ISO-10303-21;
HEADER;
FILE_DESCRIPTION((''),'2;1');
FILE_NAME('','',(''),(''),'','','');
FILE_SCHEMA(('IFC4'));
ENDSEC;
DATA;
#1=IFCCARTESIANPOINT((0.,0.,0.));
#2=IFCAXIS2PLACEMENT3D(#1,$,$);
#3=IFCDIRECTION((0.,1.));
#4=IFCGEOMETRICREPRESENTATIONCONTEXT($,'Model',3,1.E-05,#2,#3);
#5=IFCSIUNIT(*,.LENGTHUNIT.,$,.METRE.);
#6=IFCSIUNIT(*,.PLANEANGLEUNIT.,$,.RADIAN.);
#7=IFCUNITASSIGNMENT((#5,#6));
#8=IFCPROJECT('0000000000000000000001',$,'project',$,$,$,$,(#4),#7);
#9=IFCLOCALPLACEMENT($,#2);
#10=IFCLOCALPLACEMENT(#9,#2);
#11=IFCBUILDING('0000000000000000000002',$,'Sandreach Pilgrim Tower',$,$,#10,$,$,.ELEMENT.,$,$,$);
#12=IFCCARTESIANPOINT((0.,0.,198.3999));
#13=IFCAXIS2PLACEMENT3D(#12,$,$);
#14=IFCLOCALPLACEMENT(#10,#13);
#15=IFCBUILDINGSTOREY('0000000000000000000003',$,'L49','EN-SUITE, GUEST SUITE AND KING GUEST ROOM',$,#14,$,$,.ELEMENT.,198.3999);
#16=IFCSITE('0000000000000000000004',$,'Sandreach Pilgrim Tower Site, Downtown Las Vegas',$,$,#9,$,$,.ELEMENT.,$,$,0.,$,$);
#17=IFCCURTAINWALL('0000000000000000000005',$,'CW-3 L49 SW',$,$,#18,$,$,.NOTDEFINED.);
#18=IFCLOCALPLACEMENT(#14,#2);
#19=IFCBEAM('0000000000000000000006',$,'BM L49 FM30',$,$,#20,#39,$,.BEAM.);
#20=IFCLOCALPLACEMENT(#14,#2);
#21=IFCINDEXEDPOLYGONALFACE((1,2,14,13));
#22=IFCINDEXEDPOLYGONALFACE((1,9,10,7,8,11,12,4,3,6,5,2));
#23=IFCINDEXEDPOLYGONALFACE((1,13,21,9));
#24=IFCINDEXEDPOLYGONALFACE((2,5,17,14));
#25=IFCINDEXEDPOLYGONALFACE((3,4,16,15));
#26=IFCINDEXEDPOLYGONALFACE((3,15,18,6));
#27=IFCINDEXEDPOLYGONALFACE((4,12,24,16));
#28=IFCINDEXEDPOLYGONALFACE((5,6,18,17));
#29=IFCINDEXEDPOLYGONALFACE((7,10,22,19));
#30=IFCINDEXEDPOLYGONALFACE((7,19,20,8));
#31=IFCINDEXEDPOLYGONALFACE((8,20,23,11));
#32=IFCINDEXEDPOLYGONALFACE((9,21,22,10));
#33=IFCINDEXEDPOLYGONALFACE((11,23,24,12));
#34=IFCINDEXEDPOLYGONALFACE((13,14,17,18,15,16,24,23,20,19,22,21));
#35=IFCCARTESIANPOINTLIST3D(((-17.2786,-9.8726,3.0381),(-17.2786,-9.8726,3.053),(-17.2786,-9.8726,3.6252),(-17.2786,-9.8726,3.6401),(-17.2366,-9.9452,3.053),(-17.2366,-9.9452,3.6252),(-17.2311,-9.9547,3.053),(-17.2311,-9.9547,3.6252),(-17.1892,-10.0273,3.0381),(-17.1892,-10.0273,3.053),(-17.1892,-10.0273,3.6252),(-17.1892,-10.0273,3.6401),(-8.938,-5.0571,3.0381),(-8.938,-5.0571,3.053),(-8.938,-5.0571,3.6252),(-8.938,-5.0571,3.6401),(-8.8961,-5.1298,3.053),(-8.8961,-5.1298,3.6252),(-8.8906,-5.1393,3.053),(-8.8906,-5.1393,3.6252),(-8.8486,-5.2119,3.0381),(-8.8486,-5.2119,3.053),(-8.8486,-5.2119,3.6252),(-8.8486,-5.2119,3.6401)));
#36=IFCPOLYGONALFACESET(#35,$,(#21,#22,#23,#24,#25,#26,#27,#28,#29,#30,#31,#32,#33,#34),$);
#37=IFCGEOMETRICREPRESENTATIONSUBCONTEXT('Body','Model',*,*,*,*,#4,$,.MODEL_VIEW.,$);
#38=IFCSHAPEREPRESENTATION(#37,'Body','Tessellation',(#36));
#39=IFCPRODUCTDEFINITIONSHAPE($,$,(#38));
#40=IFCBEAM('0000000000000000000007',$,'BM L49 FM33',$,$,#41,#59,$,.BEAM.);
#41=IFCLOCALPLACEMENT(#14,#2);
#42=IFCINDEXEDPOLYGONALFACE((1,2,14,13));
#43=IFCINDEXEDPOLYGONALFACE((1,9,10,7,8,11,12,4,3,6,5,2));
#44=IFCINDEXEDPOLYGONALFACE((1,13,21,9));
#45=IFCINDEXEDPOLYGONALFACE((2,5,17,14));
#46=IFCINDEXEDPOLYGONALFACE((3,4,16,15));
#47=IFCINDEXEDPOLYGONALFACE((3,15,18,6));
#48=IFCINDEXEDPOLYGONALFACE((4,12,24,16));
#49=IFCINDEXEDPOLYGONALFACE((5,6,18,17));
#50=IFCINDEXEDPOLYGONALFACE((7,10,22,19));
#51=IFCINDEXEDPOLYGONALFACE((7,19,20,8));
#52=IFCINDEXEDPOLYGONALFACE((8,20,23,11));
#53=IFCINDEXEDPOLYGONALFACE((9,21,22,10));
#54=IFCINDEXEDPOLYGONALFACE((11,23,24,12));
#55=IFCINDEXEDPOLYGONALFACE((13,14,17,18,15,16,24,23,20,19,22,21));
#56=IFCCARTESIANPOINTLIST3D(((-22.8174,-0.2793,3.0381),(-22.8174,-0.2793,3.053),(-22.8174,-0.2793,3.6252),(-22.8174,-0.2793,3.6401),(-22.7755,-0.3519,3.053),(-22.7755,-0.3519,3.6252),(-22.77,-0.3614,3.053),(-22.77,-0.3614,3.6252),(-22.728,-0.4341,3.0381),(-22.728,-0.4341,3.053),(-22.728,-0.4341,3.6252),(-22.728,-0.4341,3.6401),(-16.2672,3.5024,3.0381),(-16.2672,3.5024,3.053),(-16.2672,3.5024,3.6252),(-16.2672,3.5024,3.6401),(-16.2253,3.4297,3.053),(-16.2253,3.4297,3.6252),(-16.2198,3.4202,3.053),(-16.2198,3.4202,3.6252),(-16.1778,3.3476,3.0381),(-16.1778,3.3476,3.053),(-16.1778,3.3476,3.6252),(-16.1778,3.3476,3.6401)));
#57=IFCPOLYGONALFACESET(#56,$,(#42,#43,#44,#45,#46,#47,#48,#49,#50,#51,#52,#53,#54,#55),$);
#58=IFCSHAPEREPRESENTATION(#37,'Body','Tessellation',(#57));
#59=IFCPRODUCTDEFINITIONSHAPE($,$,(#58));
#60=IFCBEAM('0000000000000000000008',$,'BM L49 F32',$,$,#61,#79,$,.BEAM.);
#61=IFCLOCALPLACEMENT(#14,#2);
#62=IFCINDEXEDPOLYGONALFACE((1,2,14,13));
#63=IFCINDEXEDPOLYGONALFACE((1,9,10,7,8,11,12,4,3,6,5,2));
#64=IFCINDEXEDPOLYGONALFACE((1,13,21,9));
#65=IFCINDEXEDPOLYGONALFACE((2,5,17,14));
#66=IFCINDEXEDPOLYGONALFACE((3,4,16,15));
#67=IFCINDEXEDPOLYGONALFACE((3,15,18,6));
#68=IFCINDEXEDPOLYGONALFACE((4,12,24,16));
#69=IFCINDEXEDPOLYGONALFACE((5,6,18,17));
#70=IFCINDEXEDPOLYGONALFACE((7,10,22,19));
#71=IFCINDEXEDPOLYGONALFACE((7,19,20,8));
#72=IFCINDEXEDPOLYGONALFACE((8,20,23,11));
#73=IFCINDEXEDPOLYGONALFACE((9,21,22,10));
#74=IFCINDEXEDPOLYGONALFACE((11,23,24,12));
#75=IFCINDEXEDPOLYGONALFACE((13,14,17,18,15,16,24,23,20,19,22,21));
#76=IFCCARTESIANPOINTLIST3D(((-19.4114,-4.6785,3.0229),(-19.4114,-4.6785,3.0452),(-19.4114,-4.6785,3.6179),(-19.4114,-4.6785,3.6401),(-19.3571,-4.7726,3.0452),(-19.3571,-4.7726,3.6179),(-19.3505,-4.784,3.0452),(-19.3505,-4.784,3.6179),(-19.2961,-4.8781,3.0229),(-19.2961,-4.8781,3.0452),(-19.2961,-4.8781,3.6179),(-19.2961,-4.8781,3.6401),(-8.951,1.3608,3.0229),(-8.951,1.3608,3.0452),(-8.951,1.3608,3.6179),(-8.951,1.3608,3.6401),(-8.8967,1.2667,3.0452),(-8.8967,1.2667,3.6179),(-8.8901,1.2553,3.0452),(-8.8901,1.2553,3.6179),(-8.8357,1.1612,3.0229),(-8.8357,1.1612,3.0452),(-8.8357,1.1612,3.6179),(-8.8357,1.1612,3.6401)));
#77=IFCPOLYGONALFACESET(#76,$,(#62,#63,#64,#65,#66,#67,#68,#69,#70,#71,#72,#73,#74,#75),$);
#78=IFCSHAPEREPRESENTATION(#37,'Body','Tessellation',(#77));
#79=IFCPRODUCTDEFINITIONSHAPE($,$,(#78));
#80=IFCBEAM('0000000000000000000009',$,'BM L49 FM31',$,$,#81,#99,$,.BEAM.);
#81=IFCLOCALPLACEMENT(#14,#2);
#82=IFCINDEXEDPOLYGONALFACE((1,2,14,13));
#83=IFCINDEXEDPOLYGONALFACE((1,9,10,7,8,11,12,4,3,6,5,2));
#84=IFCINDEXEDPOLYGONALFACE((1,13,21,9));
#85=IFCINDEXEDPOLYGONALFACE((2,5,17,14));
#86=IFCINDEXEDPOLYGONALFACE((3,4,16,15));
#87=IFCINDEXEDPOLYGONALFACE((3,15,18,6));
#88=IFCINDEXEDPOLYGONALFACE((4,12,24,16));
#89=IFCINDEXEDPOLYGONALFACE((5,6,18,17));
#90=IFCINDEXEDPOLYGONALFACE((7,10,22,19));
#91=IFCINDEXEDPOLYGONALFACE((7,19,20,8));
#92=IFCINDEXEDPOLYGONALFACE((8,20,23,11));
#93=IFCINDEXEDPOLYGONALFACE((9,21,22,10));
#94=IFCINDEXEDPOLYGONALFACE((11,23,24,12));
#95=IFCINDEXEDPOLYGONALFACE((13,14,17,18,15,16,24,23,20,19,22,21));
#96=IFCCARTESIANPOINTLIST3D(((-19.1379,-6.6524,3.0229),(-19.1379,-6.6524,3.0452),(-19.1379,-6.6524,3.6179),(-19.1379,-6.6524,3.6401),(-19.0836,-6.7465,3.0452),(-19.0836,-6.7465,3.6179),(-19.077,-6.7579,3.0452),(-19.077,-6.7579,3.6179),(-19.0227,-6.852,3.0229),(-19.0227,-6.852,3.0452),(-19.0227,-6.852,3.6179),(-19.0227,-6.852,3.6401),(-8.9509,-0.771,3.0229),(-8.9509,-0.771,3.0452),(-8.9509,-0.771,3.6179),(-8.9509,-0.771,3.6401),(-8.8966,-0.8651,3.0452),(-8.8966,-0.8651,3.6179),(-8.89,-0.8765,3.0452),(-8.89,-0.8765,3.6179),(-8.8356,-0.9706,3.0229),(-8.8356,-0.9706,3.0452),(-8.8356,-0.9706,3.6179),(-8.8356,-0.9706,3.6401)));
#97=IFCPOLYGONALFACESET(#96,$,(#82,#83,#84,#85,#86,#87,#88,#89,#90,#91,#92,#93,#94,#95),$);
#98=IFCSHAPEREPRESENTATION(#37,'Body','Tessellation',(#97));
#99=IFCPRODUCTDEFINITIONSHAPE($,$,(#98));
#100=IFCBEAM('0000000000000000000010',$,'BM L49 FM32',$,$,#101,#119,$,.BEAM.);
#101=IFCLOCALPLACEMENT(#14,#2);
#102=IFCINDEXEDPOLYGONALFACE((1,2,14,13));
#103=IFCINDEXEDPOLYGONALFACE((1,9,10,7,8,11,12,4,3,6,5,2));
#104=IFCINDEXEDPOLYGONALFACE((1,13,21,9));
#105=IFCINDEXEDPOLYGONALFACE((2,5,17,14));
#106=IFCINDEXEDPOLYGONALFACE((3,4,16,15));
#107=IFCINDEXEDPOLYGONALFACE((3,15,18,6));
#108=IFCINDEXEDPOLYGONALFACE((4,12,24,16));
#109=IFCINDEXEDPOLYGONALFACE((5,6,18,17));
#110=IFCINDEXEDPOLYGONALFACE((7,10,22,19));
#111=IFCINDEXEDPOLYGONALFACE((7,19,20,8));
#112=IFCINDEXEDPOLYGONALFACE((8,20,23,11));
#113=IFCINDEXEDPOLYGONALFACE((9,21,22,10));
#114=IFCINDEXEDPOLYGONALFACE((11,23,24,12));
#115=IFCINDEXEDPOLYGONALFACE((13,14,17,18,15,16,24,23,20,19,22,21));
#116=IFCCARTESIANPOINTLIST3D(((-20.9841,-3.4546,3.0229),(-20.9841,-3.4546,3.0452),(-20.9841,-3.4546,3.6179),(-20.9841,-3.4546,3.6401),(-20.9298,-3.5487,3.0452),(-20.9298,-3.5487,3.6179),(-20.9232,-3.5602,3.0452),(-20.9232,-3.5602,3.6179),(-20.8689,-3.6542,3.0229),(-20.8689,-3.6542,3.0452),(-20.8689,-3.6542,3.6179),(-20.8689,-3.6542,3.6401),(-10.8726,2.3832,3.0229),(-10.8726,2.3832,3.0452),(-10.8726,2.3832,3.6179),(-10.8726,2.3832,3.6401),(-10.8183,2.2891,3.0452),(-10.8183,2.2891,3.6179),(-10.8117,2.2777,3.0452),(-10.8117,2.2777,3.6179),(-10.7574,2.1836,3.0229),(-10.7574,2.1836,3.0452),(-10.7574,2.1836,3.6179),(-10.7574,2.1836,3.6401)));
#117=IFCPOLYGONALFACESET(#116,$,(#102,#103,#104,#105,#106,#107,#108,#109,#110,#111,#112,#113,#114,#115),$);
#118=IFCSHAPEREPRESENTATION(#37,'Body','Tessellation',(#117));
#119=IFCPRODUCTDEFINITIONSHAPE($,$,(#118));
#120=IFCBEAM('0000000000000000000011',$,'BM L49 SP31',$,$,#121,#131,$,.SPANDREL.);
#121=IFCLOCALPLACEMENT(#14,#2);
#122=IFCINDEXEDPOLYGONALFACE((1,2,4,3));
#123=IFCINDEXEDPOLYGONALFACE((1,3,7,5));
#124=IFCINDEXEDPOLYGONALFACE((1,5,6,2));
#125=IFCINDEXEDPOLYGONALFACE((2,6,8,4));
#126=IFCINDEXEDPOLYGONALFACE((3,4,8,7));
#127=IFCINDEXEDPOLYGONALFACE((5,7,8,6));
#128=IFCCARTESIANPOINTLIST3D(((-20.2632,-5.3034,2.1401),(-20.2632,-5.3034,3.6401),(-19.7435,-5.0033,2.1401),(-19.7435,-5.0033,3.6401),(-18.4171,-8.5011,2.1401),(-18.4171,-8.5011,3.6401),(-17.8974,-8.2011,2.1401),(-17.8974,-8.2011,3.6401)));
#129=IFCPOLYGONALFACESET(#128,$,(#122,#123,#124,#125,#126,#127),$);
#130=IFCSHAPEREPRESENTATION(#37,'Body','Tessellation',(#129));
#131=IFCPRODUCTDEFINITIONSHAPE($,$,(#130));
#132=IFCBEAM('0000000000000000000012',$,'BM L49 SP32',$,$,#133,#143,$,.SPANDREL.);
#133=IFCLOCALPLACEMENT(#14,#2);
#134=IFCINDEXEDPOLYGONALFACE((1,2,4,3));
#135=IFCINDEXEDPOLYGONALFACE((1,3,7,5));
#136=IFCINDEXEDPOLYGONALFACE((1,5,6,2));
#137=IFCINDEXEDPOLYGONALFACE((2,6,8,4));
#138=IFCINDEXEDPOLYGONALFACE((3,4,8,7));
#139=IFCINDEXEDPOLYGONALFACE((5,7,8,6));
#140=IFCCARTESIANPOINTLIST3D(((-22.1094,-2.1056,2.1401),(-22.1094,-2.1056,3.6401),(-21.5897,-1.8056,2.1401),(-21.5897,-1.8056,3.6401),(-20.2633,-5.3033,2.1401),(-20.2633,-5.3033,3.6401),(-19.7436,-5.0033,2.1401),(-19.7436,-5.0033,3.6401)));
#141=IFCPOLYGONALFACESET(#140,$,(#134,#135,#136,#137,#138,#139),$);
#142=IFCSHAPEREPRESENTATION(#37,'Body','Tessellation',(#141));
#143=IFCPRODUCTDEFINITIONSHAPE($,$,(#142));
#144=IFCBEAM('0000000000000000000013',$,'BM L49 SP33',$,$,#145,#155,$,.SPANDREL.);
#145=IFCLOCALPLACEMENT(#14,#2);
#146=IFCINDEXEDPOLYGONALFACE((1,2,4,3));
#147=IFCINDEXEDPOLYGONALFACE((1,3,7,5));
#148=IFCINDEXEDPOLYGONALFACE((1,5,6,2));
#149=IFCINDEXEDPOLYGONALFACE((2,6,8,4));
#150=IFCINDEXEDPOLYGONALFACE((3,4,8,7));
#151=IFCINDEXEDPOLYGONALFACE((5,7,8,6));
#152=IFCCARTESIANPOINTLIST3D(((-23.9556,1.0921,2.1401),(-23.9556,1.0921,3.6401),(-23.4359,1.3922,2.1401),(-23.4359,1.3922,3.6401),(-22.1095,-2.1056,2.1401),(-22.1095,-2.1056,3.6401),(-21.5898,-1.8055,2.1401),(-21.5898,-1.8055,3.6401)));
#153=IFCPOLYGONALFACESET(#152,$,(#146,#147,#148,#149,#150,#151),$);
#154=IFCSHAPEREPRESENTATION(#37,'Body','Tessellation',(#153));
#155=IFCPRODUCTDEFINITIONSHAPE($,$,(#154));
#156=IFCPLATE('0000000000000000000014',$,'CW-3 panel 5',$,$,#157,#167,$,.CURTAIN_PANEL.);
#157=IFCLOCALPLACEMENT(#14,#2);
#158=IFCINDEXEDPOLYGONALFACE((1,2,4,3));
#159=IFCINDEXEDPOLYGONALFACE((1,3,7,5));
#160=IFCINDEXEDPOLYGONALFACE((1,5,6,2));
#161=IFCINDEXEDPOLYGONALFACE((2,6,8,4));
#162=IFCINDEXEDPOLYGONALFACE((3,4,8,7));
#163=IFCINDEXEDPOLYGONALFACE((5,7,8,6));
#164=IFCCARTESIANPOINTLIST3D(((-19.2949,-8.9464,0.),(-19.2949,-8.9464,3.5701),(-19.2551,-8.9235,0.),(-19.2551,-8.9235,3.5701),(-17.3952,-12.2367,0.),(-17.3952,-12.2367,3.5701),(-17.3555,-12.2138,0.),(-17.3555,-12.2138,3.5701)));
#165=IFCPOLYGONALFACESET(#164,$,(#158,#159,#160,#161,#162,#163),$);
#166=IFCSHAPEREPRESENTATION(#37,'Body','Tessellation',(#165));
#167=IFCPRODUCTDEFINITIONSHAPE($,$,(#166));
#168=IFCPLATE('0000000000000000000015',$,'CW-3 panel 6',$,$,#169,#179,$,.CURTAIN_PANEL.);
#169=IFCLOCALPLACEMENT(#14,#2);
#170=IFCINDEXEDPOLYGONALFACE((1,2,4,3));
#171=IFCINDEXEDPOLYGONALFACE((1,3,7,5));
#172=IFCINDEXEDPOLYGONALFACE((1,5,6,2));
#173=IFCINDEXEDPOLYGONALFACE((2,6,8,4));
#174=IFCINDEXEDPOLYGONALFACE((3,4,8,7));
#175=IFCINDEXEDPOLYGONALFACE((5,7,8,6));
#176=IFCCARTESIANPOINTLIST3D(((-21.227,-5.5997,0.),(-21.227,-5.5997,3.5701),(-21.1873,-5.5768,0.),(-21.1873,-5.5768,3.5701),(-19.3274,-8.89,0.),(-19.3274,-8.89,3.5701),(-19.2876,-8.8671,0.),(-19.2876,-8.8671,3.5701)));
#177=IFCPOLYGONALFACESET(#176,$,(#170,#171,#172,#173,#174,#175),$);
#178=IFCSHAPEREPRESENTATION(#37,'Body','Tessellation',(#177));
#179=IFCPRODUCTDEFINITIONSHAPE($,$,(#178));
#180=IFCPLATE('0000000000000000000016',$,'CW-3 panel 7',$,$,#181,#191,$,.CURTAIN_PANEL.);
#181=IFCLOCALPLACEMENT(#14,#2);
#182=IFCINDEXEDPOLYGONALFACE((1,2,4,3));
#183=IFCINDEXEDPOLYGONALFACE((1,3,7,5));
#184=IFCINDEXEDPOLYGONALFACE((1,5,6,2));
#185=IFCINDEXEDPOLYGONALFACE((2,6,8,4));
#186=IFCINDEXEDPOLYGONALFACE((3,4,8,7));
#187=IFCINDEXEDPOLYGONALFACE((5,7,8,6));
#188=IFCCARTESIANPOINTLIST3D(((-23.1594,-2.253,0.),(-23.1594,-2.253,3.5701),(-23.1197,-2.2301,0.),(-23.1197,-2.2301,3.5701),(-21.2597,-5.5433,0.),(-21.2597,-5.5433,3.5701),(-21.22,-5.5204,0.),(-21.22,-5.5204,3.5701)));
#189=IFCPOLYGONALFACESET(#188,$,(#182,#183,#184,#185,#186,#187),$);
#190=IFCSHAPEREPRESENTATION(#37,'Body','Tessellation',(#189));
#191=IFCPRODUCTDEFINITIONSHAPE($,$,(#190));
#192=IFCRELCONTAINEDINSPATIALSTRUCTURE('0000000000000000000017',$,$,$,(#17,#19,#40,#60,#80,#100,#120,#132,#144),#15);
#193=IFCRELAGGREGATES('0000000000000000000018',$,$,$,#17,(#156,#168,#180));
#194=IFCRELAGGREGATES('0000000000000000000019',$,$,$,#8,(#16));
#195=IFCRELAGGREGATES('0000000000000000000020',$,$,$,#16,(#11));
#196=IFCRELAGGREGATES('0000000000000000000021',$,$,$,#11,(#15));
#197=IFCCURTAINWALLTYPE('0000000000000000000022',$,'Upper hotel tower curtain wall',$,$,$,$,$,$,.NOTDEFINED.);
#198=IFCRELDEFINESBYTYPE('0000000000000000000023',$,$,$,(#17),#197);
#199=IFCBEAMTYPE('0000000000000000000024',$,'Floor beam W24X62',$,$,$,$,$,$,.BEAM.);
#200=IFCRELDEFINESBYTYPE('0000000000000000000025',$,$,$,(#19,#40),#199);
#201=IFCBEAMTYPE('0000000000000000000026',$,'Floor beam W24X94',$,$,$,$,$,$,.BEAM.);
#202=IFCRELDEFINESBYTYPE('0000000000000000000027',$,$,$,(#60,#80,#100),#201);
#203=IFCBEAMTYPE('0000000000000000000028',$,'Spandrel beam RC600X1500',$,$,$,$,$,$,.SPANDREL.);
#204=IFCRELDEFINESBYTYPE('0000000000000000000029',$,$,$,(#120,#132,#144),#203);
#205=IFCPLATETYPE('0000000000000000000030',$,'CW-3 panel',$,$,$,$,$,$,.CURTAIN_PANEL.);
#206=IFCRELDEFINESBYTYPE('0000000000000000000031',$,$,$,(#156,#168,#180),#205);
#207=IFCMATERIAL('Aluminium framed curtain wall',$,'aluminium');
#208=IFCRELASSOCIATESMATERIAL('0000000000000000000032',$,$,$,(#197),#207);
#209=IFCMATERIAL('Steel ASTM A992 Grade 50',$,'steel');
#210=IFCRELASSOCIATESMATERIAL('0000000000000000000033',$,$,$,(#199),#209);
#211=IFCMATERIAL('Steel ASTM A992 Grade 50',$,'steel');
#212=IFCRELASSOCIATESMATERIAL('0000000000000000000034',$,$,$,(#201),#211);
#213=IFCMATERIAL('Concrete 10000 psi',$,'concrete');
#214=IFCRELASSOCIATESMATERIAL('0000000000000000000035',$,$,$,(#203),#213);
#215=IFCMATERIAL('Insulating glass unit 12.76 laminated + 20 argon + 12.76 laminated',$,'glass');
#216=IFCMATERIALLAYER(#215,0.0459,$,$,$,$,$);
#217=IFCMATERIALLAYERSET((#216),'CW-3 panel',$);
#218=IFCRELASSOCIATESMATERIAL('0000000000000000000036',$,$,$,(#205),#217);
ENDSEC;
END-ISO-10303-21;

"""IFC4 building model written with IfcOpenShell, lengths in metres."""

from ifc_helpers import new_model, si_unit, direction, frame, origin, origin_2d, place, context, subcontext, project, spatial, rectangle, i_section, extrude, material, layer, layer_set, material_profile, profile_set, type_object, element, aggregate, save


model = new_model("IFC4")

# Units and contexts
model_context = context("Model", 3, precision=1e-05, world=origin(), true_north=direction((0.0, 1.0)))
body_context = subcontext(model_context, "Body", "Model", "MODEL_VIEW")
ifc_project = project(units=[si_unit("LENGTHUNIT", "METRE"), si_unit("PLANEANGLEUNIT", "RADIAN")], contexts=[model_context])

# Site, building, storey
site_placement = place(None, origin())
site = spatial("IfcSite", under=ifc_project, at=site_placement, Name="Sandreach Pilgrim Tower Site, Downtown Las Vegas", CompositionType="ELEMENT", RefElevation=0.0)
building_placement = place(site_placement, origin())
building = spatial("IfcBuilding", under=site, at=building_placement, Name="Sandreach Pilgrim Tower", CompositionType="ELEMENT")
storey_placement = place(building_placement, frame((0.0, 0.0, 198.3999)))
storey = spatial("IfcBuildingStorey", under=building, at=storey_placement, Name="L49", Description="EN-SUITE, GUEST SUITE AND KING GUEST ROOM", CompositionType="ELEMENT", Elevation=198.3999)

# Curtain wall
ifc_material_1 = material(Name="Aluminium framed curtain wall", Category="aluminium")
curtain_wall_type = type_object("IfcCurtainWallType", Name="Upper hotel tower curtain wall", PredefinedType="NOTDEFINED", material=ifc_material_1)
curtain_wall_placement = place(storey_placement, origin())
curtain_wall = element("IfcCurtainWall", 1, at=curtain_wall_placement, inside=storey, type_object=curtain_wall_type, Name="CW-3 L49 SW", PredefinedType="NOTDEFINED")

# Beams
ifc_material_2 = material(Name="Steel ASTM A992 Grade 50", Category="steel")
ifc_material_profile_1 = material_profile(ifc_material_2, i_section(OverallWidth=0.1787, OverallDepth=0.6021, WebThickness=0.011, FlangeThickness=0.0149, at=origin_2d()), Name="W24X62")
ifc_profile_set_1 = profile_set([ifc_material_profile_1], Name="Steel ASTM A992 Grade 50")
beam_type_1 = type_object("IfcBeamType", Name="Floor beam W24X62", PredefinedType="BEAM", material=ifc_profile_set_1)
beam_1_placement = place(storey_placement, frame((-17.2339, -9.95, 3.3391), z_axis=(0.866026, 0.5, 0.0), x_axis=(-0.5, 0.866026, 0.0)))
element("IfcBeam", 2, at=beam_1_placement, inside=storey, type_object=beam_type_1, Name="BM L49 FM30", PredefinedType="BEAM", context=body_context, shape_type="SweptSolid", body=[
    extrude(i_section(OverallWidth=0.1787, OverallDepth=0.6021, WebThickness=0.011, FlangeThickness=0.0149, at=origin_2d()), origin(), (0.0, 0.0, 1.0), 9.6309),
])
beam_2_placement = place(storey_placement, frame((-22.7727, -0.3567, 3.3391), z_axis=(0.86603, 0.499993, 0.0), x_axis=(-0.499993, 0.86603, 0.0)))
element("IfcBeam", 3, at=beam_2_placement, inside=storey, type_object=beam_type_1, Name="BM L49 FM33", PredefinedType="BEAM", context=body_context, shape_type="SweptSolid", body=[
    extrude(i_section(OverallWidth=0.1787, OverallDepth=0.6021, WebThickness=0.011, FlangeThickness=0.0149, at=origin_2d()), origin(), (0.0, 0.0, 1.0), 7.5635),
])
ifc_material_3 = material(Name="Steel ASTM A992 Grade 50", Category="steel")
ifc_material_profile_2 = material_profile(ifc_material_3, i_section(OverallWidth=0.2305, OverallDepth=0.6172, WebThickness=0.0132, FlangeThickness=0.0222, at=origin_2d()), Name="W24X94")
ifc_profile_set_2 = profile_set([ifc_material_profile_2], Name="Steel ASTM A992 Grade 50")
beam_type_2 = type_object("IfcBeamType", Name="Floor beam W24X94", PredefinedType="BEAM", material=ifc_profile_set_2)
beam_3_placement = place(storey_placement, frame((-19.3538, -4.7783, 3.3315), z_axis=(0.866027, 0.499998, 0.0), x_axis=(-0.499998, 0.866027, 0.0)))
element("IfcBeam", 4, at=beam_3_placement, inside=storey, type_object=beam_type_2, Name="BM L49 F32", PredefinedType="BEAM", context=body_context, shape_type="SweptSolid", body=[
    extrude(i_section(OverallWidth=0.2305, OverallDepth=0.6172, WebThickness=0.0132, FlangeThickness=0.0222, at=origin_2d()), origin(), (0.0, 0.0, 1.0), 12.0786),
])
beam_4_placement = place(storey_placement, frame((-19.0803, -6.7522, 3.3315), z_axis=(0.86603, 0.499992, 0.0), x_axis=(-0.499992, 0.86603, 0.0)))
element("IfcBeam", 5, at=beam_4_placement, inside=storey, type_object=beam_type_2, Name="BM L49 FM31", PredefinedType="BEAM", context=body_context, shape_type="SweptSolid", body=[
    extrude(i_section(OverallWidth=0.2305, OverallDepth=0.6172, WebThickness=0.0132, FlangeThickness=0.0222, at=origin_2d()), origin(), (0.0, 0.0, 1.0), 11.7629),
])
beam_5_placement = place(storey_placement, frame((-20.9265, -3.5544, 3.3315), z_axis=(0.866026, 0.499998, 0.0), x_axis=(-0.499998, 0.866026, 0.0)))
element("IfcBeam", 6, at=beam_5_placement, inside=storey, type_object=beam_type_2, Name="BM L49 FM32", PredefinedType="BEAM", context=body_context, shape_type="SweptSolid", body=[
    extrude(i_section(OverallWidth=0.2305, OverallDepth=0.6172, WebThickness=0.0132, FlangeThickness=0.0222, at=origin_2d()), origin(), (0.0, 0.0, 1.0), 11.6758),
])
ifc_material_4 = material(Name="Concrete 10000 psi", Category="concrete")
ifc_material_profile_3 = material_profile(ifc_material_4, rectangle(XDim=0.6001, YDim=1.5, at=origin_2d()), Name="RC600X1500")
ifc_profile_set_3 = profile_set([ifc_material_profile_3], Name="Concrete 10000 psi")
beam_type_3 = type_object("IfcBeamType", Name="Spandrel beam RC600X1500", PredefinedType="SPANDREL", material=ifc_profile_set_3)
for number, where, z_axis, x_axis, name in (
    (7, (-18.1572, -8.3511, 2.8901), (-0.499993, 0.866029, 0.0), (-0.866029, -0.499993, 0.0), "BM L49 SP31"),
    (8, (-20.0034, -5.1533, 2.8901), (-0.499993, 0.866029, 0.0), (-0.866029, -0.499993, 0.0), "BM L49 SP32"),
    (9, (-21.8496, -1.9556, 2.8901), (-0.499993, 0.866029, 0.0), (-0.866029, -0.499993, 0.0), "BM L49 SP33"),
):
    element("IfcBeam", number, at=place(storey_placement, frame(where, z_axis=z_axis, x_axis=x_axis)), inside=storey, type_object=beam_type_3, Name=name, PredefinedType="SPANDREL", context=body_context, shape_type="SweptSolid", body=[
        extrude(rectangle(XDim=0.6001, YDim=1.5, at=origin_2d()), origin(), (0.0, 0.0, 1.0), 3.6924),
    ])

# Plates
ifc_material_5 = material(Name="Insulating glass unit 12.76 laminated + 20 argon + 12.76 laminated", Category="glass")
ifc_layer_1 = layer(ifc_material_5, 0.0459)
ifc_layer_set_1 = layer_set([ifc_layer_1], Name="CW-3 panel")
plate_type = type_object("IfcPlateType", Name="CW-3 panel", PredefinedType="CURTAIN_PANEL", material=ifc_layer_set_1)
plate_1_placement = place(storey_placement, frame((-18.3252, -10.5801, 0.0), z_axis=(0.0, 0.0, 1.0), x_axis=(-0.5, 0.866025, 0.0)))
plate_1 = element("IfcPlate", 10, at=plate_1_placement, type_object=plate_type, Name="CW-3 panel 5", PredefinedType="CURTAIN_PANEL", context=body_context, shape_type="SweptSolid", body=[
    extrude(rectangle(XDim=3.7993, YDim=0.0459, at=origin_2d()), origin(), (0.0, 0.0, 1.0), 3.5701),
])
plate_2_placement = place(storey_placement, frame((-20.2573, -7.2334, 0.0), z_axis=(0.0, 0.0, 1.0), x_axis=(-0.5, 0.866025, 0.0)))
plate_2 = element("IfcPlate", 11, at=plate_2_placement, type_object=plate_type, Name="CW-3 panel 6", PredefinedType="CURTAIN_PANEL", context=body_context, shape_type="SweptSolid", body=[
    extrude(rectangle(XDim=3.7993, YDim=0.0459, at=origin_2d()), origin(), (0.0, 0.0, 1.0), 3.5701),
])
plate_3_placement = place(storey_placement, frame((-22.1897, -3.8867, 0.0), z_axis=(0.0, 0.0, 1.0), x_axis=(-0.5, 0.866025, 0.0)))
plate_3 = element("IfcPlate", 12, at=plate_3_placement, type_object=plate_type, Name="CW-3 panel 7", PredefinedType="CURTAIN_PANEL", context=body_context, shape_type="SweptSolid", body=[
    extrude(rectangle(XDim=3.7993, YDim=0.0459, at=origin_2d()), origin(), (0.0, 0.0, 1.0), 3.5701),
])
aggregate(curtain_wall, [plate_1, plate_2, plate_3])

save(model, "model.ifc")
